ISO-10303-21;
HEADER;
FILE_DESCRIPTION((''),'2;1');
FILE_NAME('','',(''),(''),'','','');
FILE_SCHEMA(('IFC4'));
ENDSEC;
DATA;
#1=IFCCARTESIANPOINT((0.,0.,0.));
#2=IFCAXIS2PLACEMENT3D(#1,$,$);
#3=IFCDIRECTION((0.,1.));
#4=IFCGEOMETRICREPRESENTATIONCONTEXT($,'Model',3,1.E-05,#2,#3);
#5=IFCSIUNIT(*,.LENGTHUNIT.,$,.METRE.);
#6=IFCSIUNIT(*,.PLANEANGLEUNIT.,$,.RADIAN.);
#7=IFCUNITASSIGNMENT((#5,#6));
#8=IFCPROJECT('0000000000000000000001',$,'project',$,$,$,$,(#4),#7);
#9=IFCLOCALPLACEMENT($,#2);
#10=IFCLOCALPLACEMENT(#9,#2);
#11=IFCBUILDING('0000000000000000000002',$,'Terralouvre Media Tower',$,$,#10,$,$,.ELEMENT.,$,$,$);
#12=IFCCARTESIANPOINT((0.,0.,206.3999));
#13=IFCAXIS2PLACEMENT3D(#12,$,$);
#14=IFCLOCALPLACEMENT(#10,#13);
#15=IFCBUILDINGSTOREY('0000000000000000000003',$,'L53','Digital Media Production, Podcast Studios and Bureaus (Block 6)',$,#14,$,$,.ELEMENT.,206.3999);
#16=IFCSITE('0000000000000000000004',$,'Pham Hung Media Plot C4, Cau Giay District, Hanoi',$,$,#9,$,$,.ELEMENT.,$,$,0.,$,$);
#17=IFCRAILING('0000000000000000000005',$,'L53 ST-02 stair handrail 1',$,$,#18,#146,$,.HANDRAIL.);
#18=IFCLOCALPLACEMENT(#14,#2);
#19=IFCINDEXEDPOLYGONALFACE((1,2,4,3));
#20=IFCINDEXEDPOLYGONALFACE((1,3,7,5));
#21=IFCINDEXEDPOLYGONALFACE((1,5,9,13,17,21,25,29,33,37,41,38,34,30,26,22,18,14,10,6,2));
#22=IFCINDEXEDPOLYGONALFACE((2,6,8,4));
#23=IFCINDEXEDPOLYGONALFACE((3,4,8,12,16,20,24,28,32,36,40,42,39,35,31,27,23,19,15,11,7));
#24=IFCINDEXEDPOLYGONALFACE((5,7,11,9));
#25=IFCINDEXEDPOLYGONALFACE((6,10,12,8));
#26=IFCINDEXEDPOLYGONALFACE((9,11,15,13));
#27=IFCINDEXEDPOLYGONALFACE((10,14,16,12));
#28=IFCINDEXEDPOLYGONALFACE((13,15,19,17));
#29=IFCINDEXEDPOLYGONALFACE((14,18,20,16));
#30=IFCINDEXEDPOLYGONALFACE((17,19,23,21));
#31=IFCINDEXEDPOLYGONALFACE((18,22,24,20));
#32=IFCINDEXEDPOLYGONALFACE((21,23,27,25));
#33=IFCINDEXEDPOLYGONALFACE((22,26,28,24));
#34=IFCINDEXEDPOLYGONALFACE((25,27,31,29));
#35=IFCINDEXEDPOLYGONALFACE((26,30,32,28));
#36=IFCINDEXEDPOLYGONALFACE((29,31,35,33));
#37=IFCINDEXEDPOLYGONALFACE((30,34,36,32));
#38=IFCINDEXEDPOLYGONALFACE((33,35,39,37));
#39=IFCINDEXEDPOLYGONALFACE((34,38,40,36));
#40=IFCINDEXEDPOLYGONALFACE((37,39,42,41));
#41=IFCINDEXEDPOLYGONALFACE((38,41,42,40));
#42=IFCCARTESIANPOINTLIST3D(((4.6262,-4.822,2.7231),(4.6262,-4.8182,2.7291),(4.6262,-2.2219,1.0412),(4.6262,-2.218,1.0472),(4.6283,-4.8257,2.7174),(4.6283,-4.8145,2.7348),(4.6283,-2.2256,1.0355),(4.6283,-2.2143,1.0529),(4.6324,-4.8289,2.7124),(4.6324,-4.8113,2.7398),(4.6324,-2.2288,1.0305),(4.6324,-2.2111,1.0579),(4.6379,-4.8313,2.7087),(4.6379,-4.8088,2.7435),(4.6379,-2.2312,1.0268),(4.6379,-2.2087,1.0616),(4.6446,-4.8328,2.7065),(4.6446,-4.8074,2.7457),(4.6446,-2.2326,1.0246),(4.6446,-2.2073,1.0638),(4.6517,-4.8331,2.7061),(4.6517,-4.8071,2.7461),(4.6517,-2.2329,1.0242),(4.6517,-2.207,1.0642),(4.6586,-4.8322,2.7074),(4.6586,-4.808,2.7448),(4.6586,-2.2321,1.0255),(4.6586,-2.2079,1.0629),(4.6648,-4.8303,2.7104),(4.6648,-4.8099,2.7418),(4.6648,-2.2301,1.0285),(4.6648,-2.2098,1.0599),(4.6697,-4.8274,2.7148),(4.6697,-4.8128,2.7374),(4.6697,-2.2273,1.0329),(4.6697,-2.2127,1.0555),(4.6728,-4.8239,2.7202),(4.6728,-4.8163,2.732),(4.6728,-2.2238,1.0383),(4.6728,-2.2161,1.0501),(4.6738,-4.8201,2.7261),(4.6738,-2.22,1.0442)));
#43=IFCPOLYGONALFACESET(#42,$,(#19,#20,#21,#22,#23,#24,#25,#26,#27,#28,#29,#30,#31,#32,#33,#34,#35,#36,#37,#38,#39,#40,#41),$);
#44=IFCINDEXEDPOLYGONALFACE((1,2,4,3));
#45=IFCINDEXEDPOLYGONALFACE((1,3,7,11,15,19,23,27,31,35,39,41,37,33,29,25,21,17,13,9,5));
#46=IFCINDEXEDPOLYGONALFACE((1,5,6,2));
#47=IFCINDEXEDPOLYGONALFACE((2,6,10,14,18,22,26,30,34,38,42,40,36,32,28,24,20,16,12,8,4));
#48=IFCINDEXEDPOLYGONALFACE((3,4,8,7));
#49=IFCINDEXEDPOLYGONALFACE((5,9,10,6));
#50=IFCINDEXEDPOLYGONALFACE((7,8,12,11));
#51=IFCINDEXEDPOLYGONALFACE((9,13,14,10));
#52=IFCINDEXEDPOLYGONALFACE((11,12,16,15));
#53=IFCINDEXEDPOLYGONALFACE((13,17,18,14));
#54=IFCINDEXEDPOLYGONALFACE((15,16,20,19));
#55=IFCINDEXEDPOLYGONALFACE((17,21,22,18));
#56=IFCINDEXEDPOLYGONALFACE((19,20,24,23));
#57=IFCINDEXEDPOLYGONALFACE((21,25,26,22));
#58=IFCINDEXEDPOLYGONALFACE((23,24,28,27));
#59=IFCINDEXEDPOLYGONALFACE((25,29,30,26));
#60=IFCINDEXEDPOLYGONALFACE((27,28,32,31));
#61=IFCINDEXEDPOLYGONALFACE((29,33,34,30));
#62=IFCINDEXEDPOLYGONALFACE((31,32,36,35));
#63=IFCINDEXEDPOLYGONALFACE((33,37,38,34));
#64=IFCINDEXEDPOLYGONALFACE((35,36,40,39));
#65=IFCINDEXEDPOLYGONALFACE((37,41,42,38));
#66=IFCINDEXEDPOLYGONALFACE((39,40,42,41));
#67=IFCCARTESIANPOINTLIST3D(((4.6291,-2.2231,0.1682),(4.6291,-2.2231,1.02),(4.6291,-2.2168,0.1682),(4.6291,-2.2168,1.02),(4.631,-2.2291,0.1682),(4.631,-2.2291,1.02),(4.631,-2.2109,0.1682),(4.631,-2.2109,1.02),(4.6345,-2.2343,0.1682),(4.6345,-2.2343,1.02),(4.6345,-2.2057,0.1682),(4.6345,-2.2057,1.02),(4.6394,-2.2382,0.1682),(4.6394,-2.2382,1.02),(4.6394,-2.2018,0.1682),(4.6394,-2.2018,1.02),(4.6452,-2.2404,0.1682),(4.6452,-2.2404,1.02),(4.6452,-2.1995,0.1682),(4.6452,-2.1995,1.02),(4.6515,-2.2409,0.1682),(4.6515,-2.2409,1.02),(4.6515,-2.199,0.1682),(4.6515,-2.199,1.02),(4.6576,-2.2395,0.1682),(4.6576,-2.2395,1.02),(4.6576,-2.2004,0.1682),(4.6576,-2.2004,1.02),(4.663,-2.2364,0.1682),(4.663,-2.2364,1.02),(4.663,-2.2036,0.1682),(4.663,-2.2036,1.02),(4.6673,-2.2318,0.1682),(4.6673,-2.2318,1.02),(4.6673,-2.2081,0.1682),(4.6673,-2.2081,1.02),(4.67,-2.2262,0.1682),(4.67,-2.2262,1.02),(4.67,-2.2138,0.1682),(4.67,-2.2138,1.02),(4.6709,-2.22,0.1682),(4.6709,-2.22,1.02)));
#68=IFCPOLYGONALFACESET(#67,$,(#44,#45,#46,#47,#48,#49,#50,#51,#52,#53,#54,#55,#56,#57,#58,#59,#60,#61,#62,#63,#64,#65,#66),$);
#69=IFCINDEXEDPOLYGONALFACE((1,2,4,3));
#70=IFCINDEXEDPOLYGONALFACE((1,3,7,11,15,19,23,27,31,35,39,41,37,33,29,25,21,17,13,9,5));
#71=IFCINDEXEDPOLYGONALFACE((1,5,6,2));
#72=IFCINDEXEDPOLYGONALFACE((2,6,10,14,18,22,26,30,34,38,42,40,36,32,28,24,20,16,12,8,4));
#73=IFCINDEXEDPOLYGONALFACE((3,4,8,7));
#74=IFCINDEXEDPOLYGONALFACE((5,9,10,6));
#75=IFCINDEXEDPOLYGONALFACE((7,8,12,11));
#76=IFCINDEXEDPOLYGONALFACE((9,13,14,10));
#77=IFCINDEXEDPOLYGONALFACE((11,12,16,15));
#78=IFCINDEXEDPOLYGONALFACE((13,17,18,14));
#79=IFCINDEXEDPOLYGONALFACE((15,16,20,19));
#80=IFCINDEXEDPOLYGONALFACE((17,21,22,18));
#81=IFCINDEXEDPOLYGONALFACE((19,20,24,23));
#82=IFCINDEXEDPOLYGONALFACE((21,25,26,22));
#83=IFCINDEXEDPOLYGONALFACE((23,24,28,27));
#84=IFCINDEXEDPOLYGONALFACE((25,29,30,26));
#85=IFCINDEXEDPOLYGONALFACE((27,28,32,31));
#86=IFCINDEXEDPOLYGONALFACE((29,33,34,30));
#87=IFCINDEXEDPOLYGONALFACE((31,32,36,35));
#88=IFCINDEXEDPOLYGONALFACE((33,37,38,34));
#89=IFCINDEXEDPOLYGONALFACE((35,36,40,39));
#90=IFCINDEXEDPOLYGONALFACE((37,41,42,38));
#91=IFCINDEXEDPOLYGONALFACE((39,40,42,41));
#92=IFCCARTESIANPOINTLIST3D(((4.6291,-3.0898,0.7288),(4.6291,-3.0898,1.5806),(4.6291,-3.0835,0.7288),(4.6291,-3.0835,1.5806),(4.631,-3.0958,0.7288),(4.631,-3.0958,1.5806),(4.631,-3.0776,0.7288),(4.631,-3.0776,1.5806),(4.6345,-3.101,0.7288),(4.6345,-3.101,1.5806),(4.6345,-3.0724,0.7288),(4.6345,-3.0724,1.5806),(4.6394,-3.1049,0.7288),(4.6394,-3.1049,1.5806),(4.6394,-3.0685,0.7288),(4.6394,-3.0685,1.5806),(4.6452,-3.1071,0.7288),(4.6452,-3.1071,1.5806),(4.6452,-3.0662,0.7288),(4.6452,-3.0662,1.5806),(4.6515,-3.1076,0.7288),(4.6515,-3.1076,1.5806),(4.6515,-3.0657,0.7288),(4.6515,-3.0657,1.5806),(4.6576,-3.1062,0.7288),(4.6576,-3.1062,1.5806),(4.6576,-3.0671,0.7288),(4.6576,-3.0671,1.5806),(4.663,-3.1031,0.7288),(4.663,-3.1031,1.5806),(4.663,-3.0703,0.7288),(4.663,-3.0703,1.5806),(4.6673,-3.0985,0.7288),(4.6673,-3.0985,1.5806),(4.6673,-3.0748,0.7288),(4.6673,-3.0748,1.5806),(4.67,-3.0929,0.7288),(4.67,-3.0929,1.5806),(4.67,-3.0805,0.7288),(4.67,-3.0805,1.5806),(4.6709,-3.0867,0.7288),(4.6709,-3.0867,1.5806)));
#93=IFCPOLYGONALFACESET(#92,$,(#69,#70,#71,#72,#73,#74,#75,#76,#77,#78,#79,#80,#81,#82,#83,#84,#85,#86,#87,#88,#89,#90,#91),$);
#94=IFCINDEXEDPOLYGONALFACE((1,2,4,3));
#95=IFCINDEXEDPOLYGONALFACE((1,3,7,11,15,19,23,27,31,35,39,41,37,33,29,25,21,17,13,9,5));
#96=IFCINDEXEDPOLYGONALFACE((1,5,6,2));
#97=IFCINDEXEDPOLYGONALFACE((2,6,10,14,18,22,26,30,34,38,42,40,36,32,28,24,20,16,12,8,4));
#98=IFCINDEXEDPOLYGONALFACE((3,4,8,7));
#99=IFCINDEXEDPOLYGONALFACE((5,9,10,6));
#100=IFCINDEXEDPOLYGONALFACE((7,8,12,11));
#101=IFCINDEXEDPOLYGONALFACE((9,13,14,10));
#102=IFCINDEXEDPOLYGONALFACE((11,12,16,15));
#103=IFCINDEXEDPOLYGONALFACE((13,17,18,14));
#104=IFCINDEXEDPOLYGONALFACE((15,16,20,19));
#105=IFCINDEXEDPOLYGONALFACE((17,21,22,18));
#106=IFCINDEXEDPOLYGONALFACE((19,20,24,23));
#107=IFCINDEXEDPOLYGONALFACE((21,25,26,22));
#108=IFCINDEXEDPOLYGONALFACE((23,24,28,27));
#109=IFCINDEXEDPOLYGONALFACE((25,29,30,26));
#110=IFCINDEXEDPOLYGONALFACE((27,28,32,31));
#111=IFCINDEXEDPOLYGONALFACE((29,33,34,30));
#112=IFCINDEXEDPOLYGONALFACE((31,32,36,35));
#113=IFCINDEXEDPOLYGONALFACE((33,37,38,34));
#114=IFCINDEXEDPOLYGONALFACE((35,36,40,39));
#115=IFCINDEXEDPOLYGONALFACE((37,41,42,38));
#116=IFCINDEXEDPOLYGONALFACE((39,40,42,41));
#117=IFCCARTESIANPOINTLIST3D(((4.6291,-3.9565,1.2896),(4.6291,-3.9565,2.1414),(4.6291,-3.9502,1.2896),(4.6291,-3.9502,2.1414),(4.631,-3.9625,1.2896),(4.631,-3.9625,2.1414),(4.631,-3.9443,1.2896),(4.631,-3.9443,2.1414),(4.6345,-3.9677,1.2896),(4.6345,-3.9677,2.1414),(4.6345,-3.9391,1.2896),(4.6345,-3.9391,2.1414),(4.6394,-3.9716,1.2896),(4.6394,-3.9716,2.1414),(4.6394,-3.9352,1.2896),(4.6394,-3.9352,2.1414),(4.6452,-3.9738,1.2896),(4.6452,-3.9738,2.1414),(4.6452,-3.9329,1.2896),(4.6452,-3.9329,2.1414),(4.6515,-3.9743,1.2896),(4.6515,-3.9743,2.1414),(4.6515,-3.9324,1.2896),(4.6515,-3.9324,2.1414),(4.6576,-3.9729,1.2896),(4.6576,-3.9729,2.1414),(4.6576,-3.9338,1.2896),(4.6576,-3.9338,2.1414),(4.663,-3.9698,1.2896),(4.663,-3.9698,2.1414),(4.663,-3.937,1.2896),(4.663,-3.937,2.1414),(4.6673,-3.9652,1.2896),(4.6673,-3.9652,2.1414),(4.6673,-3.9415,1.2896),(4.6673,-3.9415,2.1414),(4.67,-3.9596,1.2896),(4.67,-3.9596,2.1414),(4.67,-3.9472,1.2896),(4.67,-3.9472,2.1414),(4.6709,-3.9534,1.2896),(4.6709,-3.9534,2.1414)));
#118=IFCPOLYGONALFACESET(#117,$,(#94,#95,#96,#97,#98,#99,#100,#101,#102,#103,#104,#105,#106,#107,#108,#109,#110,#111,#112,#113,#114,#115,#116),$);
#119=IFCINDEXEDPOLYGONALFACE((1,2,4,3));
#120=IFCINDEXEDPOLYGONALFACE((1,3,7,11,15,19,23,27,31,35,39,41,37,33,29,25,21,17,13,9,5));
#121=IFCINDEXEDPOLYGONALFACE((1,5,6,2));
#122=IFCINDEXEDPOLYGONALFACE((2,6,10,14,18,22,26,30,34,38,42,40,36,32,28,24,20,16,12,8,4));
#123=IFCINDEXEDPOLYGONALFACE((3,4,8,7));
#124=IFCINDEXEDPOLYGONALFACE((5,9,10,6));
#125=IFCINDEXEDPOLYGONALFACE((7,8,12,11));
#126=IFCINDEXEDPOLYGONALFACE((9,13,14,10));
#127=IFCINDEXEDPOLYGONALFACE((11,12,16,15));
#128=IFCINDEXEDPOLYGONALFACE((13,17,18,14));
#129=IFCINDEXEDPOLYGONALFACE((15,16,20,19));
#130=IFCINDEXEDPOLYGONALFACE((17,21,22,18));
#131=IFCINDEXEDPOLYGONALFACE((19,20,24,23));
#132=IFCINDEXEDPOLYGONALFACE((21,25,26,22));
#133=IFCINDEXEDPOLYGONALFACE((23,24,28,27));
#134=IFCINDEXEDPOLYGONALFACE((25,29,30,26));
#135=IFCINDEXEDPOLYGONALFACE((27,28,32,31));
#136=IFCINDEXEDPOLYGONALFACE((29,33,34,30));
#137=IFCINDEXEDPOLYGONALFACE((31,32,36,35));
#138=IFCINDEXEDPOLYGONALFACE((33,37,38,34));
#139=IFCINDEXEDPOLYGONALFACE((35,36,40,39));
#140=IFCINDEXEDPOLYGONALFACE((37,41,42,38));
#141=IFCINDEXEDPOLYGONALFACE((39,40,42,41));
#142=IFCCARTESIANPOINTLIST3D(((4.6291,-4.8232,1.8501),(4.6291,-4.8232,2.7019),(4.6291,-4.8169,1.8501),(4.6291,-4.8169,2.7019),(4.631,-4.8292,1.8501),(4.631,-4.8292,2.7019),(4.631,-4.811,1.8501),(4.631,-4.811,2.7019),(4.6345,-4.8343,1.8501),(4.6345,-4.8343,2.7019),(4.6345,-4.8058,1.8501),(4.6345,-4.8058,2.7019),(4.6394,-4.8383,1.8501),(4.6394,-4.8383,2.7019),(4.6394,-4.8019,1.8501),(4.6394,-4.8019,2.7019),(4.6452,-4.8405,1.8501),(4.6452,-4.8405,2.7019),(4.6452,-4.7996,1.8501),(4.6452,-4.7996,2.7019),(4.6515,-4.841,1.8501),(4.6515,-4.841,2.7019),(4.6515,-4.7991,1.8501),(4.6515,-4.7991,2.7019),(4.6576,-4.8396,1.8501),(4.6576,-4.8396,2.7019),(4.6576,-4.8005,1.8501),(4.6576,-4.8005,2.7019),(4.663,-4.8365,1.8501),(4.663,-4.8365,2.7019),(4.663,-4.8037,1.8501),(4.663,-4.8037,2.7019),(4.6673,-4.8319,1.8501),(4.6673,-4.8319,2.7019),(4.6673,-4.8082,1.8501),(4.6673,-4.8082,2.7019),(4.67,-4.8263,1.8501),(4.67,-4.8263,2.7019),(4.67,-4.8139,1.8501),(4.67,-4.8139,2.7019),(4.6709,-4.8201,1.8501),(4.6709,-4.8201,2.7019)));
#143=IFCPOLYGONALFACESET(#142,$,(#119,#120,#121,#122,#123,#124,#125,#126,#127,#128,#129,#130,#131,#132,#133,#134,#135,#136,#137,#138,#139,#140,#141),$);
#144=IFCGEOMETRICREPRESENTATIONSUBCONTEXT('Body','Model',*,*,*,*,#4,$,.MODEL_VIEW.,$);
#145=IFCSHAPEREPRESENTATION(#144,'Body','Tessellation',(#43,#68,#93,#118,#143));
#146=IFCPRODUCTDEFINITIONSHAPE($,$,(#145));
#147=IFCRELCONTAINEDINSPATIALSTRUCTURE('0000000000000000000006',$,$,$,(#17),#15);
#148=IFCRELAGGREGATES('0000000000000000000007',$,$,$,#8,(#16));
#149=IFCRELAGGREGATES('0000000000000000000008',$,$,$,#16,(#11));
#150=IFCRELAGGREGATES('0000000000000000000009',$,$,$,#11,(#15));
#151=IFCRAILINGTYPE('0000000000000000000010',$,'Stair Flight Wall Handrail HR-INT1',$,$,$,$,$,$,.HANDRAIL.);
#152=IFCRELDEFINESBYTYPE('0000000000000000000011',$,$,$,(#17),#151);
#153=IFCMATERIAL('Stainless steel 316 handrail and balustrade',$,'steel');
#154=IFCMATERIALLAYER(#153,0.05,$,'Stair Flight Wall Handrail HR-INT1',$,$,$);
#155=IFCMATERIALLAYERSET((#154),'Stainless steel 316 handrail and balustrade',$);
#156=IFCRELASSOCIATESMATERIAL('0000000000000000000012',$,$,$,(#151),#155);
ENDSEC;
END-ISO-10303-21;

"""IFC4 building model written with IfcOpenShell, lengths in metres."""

from ifc_helpers import new_model, si_unit, direction, frame, origin, origin_2d, place, context, subcontext, project, spatial, circle, extrude, material, layer, layer_set, type_object, element, save


model = new_model("IFC4")

# Units and contexts
model_context = context("Model", 3, precision=1e-05, world=origin(), true_north=direction((0.0, 1.0)))
body_context = subcontext(model_context, "Body", "Model", "MODEL_VIEW")
ifc_project = project(units=[si_unit("LENGTHUNIT", "METRE"), si_unit("PLANEANGLEUNIT", "RADIAN")], contexts=[model_context])

# Site, building, storey
site_placement = place(None, origin())
site = spatial("IfcSite", under=ifc_project, at=site_placement, Name="Pham Hung Media Plot C4, Cau Giay District, Hanoi", CompositionType="ELEMENT", RefElevation=0.0)
building_placement = place(site_placement, origin())
building = spatial("IfcBuilding", under=site, at=building_placement, Name="Terralouvre Media Tower", CompositionType="ELEMENT")
storey_placement = place(building_placement, frame((0.0, 0.0, 206.3999)))
storey = spatial("IfcBuildingStorey", under=building, at=storey_placement, Name="L53", Description="Digital Media Production, Podcast Studios and Bureaus (Block 6)", CompositionType="ELEMENT", Elevation=206.3999)

# Railing
ifc_material_1 = material(Name="Stainless steel 316 handrail and balustrade", Category="steel")
ifc_layer_1 = layer(ifc_material_1, 0.05, Name="Stair Flight Wall Handrail HR-INT1")
ifc_layer_set_1 = layer_set([ifc_layer_1], Name="Stainless steel 316 handrail and balustrade")
railing_type_1 = type_object("IfcRailingType", Name="Stair Flight Wall Handrail HR-INT1", PredefinedType="HANDRAIL", material=ifc_layer_set_1)
railing_1_placement = place(storey_placement, frame((4.6499, -2.22, 0.1682)))
element("IfcRailing", 1, at=railing_1_placement, inside=storey, type_object=railing_type_1, Name="L53 ST-02 stair handrail 1", PredefinedType="HANDRAIL", context=body_context, shape_type="SweptSolid", body=[
    extrude(circle(Radius=0.0239, at=origin_2d()), frame((0.0, 0.0, 0.876), z_axis=(0.0, -0.839648, 0.54313), x_axis=(1.0, 0.0, 0.0)), (0.0, 0.0, 1.0), 3.0967),
    extrude(circle(Radius=0.021, at=origin_2d()), origin(), (0.0, 0.0, 1.0), 0.8518),
    extrude(circle(Radius=0.021, at=origin_2d()), frame((0.0, -0.8667, 0.5605)), (0.0, 0.0, 1.0), 0.8518),
    extrude(circle(Radius=0.021, at=origin_2d()), frame((0.0, -1.7334, 1.1213)), (0.0, 0.0, 1.0), 0.8518),
    extrude(circle(Radius=0.021, at=origin_2d()), frame((0.0, -2.6001, 1.6819)), (0.0, 0.0, 1.0), 0.8518),
])

save(model, "model.ifc")
